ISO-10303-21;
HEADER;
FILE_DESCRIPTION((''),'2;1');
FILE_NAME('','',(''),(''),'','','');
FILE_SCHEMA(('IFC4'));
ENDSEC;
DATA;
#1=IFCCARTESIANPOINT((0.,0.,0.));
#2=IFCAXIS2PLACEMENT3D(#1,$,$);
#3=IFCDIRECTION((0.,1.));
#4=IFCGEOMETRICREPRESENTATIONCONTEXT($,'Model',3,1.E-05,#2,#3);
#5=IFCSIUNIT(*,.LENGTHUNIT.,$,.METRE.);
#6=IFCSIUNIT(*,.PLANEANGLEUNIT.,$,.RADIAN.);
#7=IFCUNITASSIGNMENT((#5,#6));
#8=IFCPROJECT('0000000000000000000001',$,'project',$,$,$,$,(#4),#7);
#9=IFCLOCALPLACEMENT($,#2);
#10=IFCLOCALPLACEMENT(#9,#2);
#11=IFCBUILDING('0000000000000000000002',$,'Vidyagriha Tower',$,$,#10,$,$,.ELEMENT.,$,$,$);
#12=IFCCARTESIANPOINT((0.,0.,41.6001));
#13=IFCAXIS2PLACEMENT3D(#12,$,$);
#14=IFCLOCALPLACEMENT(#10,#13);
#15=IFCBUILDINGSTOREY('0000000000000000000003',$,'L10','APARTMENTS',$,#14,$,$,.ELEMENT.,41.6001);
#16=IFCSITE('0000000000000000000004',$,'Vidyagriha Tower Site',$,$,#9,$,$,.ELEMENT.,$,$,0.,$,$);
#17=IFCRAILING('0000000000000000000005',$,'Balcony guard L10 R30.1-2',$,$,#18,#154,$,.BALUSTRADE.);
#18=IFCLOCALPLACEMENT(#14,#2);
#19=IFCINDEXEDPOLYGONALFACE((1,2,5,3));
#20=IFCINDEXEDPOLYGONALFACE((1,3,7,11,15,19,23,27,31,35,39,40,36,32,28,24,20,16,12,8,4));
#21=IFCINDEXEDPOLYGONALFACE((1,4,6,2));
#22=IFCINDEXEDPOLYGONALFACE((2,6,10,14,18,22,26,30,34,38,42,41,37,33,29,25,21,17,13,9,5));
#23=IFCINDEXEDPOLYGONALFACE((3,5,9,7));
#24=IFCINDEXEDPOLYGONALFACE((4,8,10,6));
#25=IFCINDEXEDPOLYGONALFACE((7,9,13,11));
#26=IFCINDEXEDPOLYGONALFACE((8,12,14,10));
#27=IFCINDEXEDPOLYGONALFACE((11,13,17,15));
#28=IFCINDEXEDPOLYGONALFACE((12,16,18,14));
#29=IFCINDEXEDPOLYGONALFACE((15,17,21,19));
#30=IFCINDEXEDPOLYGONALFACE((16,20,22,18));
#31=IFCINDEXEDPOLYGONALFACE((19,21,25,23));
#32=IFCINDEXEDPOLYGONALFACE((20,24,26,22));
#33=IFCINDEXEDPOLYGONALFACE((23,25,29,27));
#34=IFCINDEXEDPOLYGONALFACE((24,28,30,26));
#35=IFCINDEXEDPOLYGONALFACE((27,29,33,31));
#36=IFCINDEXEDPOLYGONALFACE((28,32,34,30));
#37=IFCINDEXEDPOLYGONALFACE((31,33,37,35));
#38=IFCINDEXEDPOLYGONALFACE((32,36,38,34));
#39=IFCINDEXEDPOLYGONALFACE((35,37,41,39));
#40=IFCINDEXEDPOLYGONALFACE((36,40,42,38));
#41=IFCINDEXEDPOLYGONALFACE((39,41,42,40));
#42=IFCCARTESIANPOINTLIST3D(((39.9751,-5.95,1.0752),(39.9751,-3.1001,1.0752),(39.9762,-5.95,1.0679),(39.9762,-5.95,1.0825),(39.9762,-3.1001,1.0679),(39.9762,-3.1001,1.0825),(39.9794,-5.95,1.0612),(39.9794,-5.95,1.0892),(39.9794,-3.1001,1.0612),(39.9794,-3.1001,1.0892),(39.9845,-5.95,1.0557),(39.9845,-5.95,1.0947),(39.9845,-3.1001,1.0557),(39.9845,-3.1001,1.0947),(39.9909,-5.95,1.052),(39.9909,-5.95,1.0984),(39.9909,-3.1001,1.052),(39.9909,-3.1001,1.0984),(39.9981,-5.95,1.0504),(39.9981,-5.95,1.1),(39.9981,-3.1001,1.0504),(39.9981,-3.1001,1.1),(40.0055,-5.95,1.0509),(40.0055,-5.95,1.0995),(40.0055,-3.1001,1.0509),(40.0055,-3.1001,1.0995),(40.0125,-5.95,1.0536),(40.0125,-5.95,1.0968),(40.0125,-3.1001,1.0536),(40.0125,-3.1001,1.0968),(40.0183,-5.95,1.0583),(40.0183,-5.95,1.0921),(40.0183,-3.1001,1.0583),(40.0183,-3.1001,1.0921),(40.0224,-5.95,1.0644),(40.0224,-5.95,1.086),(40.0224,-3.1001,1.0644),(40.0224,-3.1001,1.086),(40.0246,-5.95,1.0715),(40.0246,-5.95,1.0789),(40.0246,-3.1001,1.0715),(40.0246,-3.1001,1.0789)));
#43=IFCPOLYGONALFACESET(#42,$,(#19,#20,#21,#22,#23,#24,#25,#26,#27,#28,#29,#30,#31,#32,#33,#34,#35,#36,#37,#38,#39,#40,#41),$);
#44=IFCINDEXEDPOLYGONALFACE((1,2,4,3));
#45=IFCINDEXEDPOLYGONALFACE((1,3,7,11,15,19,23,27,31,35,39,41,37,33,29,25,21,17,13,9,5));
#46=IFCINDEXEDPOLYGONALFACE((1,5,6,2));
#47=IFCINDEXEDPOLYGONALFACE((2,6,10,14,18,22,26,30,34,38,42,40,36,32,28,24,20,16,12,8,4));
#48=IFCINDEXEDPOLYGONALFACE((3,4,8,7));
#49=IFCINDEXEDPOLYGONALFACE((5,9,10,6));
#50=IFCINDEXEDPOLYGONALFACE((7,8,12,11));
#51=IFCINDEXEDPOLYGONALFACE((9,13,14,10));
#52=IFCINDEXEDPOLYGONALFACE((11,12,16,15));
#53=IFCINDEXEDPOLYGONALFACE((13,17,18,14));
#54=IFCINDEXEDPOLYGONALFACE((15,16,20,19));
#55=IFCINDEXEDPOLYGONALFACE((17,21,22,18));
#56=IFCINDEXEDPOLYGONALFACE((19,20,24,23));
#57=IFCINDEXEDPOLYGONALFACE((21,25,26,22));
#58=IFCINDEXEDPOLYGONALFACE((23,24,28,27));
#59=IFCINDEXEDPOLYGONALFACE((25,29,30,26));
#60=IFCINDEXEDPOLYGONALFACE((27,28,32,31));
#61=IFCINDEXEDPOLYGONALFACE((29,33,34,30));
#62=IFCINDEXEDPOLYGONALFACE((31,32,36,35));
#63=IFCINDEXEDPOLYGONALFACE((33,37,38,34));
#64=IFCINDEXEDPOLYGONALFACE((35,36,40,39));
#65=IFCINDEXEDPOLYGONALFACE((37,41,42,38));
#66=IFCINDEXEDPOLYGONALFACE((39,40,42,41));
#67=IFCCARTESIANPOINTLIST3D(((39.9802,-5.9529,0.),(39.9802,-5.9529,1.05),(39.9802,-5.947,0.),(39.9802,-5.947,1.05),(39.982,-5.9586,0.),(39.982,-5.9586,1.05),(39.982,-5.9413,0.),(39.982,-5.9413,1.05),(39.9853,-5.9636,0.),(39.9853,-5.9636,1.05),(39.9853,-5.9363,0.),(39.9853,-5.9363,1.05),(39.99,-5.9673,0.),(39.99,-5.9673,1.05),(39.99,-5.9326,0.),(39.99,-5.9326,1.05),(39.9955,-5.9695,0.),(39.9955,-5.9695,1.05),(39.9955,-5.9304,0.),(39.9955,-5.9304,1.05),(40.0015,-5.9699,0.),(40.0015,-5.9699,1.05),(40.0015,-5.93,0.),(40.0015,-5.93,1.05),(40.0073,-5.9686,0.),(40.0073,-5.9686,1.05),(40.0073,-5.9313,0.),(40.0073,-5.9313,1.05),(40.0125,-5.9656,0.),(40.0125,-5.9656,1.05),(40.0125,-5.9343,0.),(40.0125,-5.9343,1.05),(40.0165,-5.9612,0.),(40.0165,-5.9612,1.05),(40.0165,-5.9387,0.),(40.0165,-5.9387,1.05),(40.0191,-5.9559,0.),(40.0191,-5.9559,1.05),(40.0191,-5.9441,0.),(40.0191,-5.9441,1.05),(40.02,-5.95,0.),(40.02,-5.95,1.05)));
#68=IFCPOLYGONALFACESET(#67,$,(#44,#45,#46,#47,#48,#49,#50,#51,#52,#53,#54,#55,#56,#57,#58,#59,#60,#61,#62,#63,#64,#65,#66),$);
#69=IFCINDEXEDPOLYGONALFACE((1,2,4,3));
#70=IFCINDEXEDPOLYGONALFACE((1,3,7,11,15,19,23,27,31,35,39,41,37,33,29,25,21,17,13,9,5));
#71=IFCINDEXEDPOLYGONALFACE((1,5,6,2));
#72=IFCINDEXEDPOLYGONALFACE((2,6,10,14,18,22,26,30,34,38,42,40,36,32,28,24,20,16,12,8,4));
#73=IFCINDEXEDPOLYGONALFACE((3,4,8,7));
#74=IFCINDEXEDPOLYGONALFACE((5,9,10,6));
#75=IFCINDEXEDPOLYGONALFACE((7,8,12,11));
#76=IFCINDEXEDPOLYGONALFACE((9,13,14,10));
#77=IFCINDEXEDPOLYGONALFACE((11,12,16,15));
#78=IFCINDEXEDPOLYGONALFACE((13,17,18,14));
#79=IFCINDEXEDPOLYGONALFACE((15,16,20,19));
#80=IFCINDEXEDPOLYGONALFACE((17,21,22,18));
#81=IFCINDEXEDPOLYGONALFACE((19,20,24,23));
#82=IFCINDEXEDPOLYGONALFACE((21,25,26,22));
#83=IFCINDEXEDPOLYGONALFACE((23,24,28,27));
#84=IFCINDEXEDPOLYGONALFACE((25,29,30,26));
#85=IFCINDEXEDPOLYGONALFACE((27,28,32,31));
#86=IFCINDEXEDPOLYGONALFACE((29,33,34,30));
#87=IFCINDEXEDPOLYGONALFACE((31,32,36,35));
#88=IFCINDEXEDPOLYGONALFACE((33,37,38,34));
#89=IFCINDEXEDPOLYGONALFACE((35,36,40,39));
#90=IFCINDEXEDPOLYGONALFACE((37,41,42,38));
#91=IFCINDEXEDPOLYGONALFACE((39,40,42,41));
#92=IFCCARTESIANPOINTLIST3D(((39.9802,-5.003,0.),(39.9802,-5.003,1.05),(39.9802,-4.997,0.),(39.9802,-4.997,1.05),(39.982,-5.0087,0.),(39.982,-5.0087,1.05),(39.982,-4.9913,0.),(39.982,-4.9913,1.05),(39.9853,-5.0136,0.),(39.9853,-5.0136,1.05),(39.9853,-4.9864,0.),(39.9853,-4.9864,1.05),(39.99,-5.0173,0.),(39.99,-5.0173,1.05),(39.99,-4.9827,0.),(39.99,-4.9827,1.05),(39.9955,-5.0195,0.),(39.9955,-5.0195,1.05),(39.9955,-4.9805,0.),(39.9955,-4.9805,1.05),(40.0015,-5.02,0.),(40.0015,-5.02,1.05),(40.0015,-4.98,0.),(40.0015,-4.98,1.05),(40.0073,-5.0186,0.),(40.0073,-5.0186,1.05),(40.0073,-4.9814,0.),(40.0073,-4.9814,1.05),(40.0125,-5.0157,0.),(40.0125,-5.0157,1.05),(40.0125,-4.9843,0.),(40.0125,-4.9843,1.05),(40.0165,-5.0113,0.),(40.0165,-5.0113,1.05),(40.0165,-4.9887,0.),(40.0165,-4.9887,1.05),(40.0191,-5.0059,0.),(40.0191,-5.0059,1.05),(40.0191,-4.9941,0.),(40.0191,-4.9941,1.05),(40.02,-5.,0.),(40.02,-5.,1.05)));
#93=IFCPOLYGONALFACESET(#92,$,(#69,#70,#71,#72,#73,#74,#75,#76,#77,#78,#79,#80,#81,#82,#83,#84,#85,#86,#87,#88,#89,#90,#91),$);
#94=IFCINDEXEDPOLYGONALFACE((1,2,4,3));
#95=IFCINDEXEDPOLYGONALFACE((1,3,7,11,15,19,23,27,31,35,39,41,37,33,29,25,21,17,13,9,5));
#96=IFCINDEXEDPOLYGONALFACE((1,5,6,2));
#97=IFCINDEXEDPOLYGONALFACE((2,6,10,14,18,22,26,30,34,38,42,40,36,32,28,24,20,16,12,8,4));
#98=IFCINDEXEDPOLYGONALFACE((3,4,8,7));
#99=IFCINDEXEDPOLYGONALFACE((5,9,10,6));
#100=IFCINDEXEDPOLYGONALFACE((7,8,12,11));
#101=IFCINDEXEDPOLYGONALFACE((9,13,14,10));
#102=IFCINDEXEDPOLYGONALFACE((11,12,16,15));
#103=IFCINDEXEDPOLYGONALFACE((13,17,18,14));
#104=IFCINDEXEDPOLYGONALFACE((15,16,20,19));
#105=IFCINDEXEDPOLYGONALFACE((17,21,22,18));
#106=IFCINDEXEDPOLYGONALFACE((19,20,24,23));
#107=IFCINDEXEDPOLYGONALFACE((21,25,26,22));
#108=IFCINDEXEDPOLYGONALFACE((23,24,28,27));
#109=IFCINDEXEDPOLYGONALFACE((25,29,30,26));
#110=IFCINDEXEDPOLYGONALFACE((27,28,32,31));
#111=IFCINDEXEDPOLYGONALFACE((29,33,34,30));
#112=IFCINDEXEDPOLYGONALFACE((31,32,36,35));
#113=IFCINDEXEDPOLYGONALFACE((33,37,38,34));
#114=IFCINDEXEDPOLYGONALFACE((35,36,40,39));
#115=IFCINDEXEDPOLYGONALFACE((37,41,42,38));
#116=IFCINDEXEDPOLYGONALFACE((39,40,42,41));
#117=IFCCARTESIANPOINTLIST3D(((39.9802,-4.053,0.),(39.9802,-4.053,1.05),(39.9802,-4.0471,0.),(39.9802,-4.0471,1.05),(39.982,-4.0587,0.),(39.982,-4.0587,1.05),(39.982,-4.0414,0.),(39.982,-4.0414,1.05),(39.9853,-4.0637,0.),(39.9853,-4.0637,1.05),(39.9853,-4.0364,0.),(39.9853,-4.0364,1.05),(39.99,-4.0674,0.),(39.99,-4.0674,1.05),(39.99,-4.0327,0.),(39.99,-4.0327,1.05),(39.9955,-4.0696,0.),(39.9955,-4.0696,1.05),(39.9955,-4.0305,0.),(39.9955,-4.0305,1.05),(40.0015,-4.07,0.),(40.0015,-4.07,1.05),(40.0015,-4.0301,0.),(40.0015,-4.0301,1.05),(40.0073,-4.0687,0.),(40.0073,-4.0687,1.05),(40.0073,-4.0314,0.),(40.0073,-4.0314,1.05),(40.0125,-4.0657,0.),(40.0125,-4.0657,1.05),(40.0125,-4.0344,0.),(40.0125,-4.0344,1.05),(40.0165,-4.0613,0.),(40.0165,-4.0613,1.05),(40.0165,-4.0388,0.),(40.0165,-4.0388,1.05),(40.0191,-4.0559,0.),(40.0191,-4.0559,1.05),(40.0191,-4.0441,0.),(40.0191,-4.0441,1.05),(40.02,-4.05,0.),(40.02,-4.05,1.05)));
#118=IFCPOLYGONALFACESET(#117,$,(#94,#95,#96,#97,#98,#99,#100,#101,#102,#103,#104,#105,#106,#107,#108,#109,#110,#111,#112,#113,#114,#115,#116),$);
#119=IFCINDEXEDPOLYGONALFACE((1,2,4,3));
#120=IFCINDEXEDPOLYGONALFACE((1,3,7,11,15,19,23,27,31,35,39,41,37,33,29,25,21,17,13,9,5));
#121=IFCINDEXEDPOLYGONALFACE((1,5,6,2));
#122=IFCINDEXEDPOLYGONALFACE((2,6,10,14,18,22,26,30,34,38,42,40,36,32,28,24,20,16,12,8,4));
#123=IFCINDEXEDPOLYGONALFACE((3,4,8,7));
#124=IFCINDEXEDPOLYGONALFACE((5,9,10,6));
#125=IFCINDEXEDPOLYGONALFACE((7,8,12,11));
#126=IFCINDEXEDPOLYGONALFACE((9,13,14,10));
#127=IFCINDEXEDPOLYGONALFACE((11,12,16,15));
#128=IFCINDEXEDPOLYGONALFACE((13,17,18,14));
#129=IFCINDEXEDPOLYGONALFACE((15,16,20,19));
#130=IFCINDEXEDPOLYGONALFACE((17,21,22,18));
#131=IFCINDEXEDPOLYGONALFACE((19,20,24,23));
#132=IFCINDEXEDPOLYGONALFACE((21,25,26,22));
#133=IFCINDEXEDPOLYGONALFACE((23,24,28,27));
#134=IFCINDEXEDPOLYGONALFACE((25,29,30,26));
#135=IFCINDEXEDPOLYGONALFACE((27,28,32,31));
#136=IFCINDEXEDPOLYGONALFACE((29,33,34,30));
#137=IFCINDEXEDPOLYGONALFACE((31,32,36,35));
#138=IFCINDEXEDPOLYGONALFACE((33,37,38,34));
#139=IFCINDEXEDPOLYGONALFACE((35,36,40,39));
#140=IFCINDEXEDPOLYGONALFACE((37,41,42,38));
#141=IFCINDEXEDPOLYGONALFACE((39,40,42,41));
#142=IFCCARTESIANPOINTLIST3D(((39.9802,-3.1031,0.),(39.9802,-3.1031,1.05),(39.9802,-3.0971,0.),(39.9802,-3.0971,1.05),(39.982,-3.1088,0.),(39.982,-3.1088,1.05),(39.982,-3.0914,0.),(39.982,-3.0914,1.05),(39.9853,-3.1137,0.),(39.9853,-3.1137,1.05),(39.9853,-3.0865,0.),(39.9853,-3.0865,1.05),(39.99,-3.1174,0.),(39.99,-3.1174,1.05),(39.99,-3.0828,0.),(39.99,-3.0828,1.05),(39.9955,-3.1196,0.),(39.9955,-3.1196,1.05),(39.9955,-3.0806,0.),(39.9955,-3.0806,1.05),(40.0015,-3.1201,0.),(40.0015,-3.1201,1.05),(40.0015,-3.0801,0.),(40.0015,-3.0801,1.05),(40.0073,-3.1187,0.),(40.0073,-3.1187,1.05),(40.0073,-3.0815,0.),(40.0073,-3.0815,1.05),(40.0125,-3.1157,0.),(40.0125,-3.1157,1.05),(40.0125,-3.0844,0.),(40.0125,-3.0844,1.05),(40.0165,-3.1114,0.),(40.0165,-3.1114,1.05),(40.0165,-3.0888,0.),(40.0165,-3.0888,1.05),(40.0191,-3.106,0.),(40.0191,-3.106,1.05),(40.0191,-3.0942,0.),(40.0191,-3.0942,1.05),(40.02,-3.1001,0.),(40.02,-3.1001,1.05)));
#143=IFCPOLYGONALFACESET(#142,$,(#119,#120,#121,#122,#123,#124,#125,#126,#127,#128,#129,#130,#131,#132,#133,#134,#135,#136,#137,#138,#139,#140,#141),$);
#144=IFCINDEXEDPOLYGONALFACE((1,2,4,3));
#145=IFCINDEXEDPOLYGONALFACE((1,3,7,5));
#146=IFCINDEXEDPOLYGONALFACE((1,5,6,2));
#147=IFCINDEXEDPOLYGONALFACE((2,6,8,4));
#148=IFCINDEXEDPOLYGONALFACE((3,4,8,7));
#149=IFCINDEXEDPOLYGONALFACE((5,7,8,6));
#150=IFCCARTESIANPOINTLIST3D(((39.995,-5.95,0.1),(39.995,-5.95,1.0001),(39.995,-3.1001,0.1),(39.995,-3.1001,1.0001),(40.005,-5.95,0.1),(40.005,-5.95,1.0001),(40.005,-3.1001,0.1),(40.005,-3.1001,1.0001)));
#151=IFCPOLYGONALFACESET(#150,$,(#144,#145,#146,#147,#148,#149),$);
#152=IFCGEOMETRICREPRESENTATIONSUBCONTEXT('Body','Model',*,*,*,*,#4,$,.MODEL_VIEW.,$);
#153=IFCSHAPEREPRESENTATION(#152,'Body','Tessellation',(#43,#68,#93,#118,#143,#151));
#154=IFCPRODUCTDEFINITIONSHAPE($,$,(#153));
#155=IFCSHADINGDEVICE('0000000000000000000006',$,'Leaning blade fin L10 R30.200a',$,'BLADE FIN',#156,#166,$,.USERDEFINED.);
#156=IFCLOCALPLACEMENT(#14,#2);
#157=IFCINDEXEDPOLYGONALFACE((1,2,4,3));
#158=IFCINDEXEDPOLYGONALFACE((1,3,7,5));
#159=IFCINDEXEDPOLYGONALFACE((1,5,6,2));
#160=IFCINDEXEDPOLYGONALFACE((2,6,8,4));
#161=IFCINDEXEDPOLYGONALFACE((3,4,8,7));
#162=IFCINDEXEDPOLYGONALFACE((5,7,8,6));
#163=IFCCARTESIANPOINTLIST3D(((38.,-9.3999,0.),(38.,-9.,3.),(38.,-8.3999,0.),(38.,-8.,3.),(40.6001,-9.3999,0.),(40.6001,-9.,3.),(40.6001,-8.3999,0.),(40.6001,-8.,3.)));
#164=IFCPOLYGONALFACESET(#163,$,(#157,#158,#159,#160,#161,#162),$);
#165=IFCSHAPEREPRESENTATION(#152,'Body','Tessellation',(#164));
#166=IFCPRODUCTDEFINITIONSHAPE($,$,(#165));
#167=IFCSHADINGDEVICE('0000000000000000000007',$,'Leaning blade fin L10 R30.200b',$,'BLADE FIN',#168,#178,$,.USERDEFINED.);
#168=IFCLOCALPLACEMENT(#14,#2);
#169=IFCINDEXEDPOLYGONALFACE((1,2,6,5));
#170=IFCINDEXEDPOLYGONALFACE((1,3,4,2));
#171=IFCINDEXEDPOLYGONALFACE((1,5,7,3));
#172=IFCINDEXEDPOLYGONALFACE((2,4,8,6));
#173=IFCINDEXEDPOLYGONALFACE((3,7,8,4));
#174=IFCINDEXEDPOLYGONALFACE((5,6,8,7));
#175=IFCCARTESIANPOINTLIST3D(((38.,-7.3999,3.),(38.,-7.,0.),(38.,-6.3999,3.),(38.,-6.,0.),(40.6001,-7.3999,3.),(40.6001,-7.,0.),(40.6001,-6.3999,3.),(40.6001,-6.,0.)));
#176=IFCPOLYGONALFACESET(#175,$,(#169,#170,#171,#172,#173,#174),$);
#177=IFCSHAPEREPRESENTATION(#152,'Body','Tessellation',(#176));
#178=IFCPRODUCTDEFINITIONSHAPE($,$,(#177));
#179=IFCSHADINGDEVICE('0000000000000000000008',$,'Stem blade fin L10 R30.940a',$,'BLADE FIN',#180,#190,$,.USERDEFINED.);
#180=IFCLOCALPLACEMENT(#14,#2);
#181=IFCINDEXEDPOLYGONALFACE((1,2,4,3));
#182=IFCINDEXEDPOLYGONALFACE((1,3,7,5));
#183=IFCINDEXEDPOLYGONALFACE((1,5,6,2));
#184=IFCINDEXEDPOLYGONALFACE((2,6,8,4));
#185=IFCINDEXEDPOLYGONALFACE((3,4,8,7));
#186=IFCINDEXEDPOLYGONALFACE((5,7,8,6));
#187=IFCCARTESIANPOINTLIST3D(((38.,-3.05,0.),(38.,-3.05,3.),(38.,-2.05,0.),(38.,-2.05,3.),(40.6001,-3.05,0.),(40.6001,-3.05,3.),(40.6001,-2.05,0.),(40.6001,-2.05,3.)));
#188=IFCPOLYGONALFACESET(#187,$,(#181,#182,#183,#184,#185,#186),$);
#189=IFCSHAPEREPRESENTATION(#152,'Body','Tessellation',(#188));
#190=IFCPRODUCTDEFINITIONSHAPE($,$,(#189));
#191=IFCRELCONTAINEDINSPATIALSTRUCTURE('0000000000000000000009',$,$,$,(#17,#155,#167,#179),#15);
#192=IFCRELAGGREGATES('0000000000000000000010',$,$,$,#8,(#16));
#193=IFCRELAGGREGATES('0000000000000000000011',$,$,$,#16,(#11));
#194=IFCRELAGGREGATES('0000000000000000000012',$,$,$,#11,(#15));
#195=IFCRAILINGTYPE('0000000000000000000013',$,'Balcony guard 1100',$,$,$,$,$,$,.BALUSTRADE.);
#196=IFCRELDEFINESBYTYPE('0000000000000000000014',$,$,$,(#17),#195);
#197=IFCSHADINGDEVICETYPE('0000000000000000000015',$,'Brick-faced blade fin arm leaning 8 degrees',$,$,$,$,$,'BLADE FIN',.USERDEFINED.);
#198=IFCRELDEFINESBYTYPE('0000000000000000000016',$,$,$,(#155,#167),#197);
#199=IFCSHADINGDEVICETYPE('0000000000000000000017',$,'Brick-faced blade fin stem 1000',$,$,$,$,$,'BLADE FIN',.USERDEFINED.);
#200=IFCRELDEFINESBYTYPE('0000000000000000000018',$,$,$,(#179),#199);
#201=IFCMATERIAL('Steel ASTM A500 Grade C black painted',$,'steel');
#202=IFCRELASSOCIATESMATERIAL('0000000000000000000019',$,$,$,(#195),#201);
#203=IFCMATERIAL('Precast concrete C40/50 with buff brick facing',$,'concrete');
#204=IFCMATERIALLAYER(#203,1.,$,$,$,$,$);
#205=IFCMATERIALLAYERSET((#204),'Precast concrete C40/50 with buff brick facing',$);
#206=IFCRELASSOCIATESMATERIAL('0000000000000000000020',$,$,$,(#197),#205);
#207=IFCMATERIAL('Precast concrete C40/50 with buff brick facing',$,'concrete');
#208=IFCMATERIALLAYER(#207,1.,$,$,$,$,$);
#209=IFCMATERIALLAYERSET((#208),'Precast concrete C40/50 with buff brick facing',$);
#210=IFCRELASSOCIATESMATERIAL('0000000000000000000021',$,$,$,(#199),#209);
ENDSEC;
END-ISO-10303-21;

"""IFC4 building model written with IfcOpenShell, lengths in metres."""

from ifc_helpers import new_model, si_unit, direction, frame, origin, origin_2d, place, context, subcontext, project, spatial, polyline, rectangle, circle, outline, extrude, material, layer, layer_set, type_object, element, save


model = new_model("IFC4")

# Units and contexts
model_context = context("Model", 3, precision=1e-05, world=origin(), true_north=direction((0.0, 1.0)))
body_context = subcontext(model_context, "Body", "Model", "MODEL_VIEW")
ifc_project = project(units=[si_unit("LENGTHUNIT", "METRE"), si_unit("PLANEANGLEUNIT", "RADIAN")], contexts=[model_context])

# Site, building, storey
site_placement = place(None, origin())
site = spatial("IfcSite", under=ifc_project, at=site_placement, Name="Vidyagriha Tower Site", CompositionType="ELEMENT", RefElevation=0.0)
building_placement = place(site_placement, origin())
building = spatial("IfcBuilding", under=site, at=building_placement, Name="Vidyagriha Tower", CompositionType="ELEMENT")
storey_placement = place(building_placement, frame((0.0, 0.0, 41.6001)))
storey = spatial("IfcBuildingStorey", under=building, at=storey_placement, Name="L10", Description="APARTMENTS", CompositionType="ELEMENT", Elevation=41.6001)

# Railing
ifc_material_1 = material(Name="Steel ASTM A500 Grade C black painted", Category="steel")
railing_type = type_object("IfcRailingType", Name="Balcony guard 1100", PredefinedType="BALUSTRADE", material=ifc_material_1)
railing_1_placement = place(storey_placement, frame((40.0, -5.95, 0.0)))
element("IfcRailing", 1, at=railing_1_placement, inside=storey, type_object=railing_type, Name="Balcony guard L10 R30.1-2", PredefinedType="BALUSTRADE", context=body_context, shape_type="SweptSolid", body=[
    extrude(circle(Radius=0.0249, at=origin_2d()), frame((0.0, 0.0, 1.0752), z_axis=(0.0, 1.0, 0.0), x_axis=(-1.0, 0.0, 0.0)), (0.0, 0.0, 1.0), 2.8499),
    extrude(circle(Radius=0.02, at=origin_2d()), origin(), (0.0, 0.0, 1.0), 1.05),
    extrude(circle(Radius=0.02, at=origin_2d()), frame((0.0, 0.95, 0.0)), (0.0, 0.0, 1.0), 1.05),
    extrude(circle(Radius=0.02, at=origin_2d()), frame((0.0, 1.8999, 0.0)), (0.0, 0.0, 1.0), 1.05),
    extrude(circle(Radius=0.02, at=origin_2d()), frame((0.0, 2.8499, 0.0)), (0.0, 0.0, 1.0), 1.05),
    extrude(rectangle(XDim=0.01, YDim=0.9001, at=origin_2d()), frame((0.0, 0.0, 0.55), z_axis=(0.0, 1.0, 0.0), x_axis=(-1.0, 0.0, 0.0)), (0.0, 0.0, 1.0), 2.8499),
])

# Shading devices
ifc_material_2 = material(Name="Precast concrete C40/50 with buff brick facing", Category="concrete")
ifc_layer_1 = layer(ifc_material_2, 1.0)
ifc_layer_set_1 = layer_set([ifc_layer_1], Name="Precast concrete C40/50 with buff brick facing")
shading_device_type_1 = type_object("IfcShadingDeviceType", Name="Brick-faced blade fin arm leaning 8 degrees", ElementType="BLADE FIN", PredefinedType="USERDEFINED", material=ifc_layer_set_1)
shading_device_1_placement = place(storey_placement, frame((39.3, -9.3999, 0.0), z_axis=(0.0, 0.0, 1.0), x_axis=(0.0, 1.0, 0.0)))
element("IfcShadingDevice", 2, at=shading_device_1_placement, inside=storey, type_object=shading_device_type_1, Name="Leaning blade fin L10 R30.200a", ObjectType="BLADE FIN", PredefinedType="USERDEFINED", context=body_context, shape_type="SweptSolid", body=[
    extrude(outline(polyline([(0.0, 0.0), (1.0, 0.0), (1.3999, 3.0), (0.3999, 3.0), (0.0, 0.0)])), frame((0.0, 1.3, 0.0), z_axis=(0.0, -1.0, 0.0), x_axis=(1.0, 0.0, 0.0)), (0.0, 0.0, 1.0), 2.6001),
])
shading_device_2_placement = place(storey_placement, frame((39.3, -7.3999, 0.0), z_axis=(0.0, 0.0, 1.0), x_axis=(0.0, 1.0, 0.0)))
element("IfcShadingDevice", 3, at=shading_device_2_placement, inside=storey, type_object=shading_device_type_1, Name="Leaning blade fin L10 R30.200b", ObjectType="BLADE FIN", PredefinedType="USERDEFINED", context=body_context, shape_type="SweptSolid", body=[
    extrude(outline(polyline([(0.3999, 0.0), (1.3999, 0.0), (1.0, 3.0), (0.0, 3.0), (0.3999, 0.0)])), frame((0.0, 1.3, 0.0), z_axis=(0.0, -1.0, 0.0), x_axis=(1.0, 0.0, 0.0)), (0.0, 0.0, 1.0), 2.6001),
])
ifc_material_3 = material(Name="Precast concrete C40/50 with buff brick facing", Category="concrete")
ifc_layer_2 = layer(ifc_material_3, 1.0)
ifc_layer_set_2 = layer_set([ifc_layer_2], Name="Precast concrete C40/50 with buff brick facing")
shading_device_type_2 = type_object("IfcShadingDeviceType", Name="Brick-faced blade fin stem 1000", ElementType="BLADE FIN", PredefinedType="USERDEFINED", material=ifc_layer_set_2)
shading_device_3_placement = place(storey_placement, frame((39.3, -3.05, 0.0), z_axis=(0.0, 0.0, 1.0), x_axis=(0.0, 1.0, 0.0)))
element("IfcShadingDevice", 4, at=shading_device_3_placement, inside=storey, type_object=shading_device_type_2, Name="Stem blade fin L10 R30.940a", ObjectType="BLADE FIN", PredefinedType="USERDEFINED", context=body_context, shape_type="SweptSolid", body=[
    extrude(outline(polyline([(0.0, 0.0), (1.0, 0.0), (1.0, 3.0), (0.0, 3.0), (0.0, 0.0)])), frame((0.0, 1.3, 0.0), z_axis=(0.0, -1.0, 0.0), x_axis=(1.0, 0.0, 0.0)), (0.0, 0.0, 1.0), 2.6001),
])

save(model, "model.ifc")
